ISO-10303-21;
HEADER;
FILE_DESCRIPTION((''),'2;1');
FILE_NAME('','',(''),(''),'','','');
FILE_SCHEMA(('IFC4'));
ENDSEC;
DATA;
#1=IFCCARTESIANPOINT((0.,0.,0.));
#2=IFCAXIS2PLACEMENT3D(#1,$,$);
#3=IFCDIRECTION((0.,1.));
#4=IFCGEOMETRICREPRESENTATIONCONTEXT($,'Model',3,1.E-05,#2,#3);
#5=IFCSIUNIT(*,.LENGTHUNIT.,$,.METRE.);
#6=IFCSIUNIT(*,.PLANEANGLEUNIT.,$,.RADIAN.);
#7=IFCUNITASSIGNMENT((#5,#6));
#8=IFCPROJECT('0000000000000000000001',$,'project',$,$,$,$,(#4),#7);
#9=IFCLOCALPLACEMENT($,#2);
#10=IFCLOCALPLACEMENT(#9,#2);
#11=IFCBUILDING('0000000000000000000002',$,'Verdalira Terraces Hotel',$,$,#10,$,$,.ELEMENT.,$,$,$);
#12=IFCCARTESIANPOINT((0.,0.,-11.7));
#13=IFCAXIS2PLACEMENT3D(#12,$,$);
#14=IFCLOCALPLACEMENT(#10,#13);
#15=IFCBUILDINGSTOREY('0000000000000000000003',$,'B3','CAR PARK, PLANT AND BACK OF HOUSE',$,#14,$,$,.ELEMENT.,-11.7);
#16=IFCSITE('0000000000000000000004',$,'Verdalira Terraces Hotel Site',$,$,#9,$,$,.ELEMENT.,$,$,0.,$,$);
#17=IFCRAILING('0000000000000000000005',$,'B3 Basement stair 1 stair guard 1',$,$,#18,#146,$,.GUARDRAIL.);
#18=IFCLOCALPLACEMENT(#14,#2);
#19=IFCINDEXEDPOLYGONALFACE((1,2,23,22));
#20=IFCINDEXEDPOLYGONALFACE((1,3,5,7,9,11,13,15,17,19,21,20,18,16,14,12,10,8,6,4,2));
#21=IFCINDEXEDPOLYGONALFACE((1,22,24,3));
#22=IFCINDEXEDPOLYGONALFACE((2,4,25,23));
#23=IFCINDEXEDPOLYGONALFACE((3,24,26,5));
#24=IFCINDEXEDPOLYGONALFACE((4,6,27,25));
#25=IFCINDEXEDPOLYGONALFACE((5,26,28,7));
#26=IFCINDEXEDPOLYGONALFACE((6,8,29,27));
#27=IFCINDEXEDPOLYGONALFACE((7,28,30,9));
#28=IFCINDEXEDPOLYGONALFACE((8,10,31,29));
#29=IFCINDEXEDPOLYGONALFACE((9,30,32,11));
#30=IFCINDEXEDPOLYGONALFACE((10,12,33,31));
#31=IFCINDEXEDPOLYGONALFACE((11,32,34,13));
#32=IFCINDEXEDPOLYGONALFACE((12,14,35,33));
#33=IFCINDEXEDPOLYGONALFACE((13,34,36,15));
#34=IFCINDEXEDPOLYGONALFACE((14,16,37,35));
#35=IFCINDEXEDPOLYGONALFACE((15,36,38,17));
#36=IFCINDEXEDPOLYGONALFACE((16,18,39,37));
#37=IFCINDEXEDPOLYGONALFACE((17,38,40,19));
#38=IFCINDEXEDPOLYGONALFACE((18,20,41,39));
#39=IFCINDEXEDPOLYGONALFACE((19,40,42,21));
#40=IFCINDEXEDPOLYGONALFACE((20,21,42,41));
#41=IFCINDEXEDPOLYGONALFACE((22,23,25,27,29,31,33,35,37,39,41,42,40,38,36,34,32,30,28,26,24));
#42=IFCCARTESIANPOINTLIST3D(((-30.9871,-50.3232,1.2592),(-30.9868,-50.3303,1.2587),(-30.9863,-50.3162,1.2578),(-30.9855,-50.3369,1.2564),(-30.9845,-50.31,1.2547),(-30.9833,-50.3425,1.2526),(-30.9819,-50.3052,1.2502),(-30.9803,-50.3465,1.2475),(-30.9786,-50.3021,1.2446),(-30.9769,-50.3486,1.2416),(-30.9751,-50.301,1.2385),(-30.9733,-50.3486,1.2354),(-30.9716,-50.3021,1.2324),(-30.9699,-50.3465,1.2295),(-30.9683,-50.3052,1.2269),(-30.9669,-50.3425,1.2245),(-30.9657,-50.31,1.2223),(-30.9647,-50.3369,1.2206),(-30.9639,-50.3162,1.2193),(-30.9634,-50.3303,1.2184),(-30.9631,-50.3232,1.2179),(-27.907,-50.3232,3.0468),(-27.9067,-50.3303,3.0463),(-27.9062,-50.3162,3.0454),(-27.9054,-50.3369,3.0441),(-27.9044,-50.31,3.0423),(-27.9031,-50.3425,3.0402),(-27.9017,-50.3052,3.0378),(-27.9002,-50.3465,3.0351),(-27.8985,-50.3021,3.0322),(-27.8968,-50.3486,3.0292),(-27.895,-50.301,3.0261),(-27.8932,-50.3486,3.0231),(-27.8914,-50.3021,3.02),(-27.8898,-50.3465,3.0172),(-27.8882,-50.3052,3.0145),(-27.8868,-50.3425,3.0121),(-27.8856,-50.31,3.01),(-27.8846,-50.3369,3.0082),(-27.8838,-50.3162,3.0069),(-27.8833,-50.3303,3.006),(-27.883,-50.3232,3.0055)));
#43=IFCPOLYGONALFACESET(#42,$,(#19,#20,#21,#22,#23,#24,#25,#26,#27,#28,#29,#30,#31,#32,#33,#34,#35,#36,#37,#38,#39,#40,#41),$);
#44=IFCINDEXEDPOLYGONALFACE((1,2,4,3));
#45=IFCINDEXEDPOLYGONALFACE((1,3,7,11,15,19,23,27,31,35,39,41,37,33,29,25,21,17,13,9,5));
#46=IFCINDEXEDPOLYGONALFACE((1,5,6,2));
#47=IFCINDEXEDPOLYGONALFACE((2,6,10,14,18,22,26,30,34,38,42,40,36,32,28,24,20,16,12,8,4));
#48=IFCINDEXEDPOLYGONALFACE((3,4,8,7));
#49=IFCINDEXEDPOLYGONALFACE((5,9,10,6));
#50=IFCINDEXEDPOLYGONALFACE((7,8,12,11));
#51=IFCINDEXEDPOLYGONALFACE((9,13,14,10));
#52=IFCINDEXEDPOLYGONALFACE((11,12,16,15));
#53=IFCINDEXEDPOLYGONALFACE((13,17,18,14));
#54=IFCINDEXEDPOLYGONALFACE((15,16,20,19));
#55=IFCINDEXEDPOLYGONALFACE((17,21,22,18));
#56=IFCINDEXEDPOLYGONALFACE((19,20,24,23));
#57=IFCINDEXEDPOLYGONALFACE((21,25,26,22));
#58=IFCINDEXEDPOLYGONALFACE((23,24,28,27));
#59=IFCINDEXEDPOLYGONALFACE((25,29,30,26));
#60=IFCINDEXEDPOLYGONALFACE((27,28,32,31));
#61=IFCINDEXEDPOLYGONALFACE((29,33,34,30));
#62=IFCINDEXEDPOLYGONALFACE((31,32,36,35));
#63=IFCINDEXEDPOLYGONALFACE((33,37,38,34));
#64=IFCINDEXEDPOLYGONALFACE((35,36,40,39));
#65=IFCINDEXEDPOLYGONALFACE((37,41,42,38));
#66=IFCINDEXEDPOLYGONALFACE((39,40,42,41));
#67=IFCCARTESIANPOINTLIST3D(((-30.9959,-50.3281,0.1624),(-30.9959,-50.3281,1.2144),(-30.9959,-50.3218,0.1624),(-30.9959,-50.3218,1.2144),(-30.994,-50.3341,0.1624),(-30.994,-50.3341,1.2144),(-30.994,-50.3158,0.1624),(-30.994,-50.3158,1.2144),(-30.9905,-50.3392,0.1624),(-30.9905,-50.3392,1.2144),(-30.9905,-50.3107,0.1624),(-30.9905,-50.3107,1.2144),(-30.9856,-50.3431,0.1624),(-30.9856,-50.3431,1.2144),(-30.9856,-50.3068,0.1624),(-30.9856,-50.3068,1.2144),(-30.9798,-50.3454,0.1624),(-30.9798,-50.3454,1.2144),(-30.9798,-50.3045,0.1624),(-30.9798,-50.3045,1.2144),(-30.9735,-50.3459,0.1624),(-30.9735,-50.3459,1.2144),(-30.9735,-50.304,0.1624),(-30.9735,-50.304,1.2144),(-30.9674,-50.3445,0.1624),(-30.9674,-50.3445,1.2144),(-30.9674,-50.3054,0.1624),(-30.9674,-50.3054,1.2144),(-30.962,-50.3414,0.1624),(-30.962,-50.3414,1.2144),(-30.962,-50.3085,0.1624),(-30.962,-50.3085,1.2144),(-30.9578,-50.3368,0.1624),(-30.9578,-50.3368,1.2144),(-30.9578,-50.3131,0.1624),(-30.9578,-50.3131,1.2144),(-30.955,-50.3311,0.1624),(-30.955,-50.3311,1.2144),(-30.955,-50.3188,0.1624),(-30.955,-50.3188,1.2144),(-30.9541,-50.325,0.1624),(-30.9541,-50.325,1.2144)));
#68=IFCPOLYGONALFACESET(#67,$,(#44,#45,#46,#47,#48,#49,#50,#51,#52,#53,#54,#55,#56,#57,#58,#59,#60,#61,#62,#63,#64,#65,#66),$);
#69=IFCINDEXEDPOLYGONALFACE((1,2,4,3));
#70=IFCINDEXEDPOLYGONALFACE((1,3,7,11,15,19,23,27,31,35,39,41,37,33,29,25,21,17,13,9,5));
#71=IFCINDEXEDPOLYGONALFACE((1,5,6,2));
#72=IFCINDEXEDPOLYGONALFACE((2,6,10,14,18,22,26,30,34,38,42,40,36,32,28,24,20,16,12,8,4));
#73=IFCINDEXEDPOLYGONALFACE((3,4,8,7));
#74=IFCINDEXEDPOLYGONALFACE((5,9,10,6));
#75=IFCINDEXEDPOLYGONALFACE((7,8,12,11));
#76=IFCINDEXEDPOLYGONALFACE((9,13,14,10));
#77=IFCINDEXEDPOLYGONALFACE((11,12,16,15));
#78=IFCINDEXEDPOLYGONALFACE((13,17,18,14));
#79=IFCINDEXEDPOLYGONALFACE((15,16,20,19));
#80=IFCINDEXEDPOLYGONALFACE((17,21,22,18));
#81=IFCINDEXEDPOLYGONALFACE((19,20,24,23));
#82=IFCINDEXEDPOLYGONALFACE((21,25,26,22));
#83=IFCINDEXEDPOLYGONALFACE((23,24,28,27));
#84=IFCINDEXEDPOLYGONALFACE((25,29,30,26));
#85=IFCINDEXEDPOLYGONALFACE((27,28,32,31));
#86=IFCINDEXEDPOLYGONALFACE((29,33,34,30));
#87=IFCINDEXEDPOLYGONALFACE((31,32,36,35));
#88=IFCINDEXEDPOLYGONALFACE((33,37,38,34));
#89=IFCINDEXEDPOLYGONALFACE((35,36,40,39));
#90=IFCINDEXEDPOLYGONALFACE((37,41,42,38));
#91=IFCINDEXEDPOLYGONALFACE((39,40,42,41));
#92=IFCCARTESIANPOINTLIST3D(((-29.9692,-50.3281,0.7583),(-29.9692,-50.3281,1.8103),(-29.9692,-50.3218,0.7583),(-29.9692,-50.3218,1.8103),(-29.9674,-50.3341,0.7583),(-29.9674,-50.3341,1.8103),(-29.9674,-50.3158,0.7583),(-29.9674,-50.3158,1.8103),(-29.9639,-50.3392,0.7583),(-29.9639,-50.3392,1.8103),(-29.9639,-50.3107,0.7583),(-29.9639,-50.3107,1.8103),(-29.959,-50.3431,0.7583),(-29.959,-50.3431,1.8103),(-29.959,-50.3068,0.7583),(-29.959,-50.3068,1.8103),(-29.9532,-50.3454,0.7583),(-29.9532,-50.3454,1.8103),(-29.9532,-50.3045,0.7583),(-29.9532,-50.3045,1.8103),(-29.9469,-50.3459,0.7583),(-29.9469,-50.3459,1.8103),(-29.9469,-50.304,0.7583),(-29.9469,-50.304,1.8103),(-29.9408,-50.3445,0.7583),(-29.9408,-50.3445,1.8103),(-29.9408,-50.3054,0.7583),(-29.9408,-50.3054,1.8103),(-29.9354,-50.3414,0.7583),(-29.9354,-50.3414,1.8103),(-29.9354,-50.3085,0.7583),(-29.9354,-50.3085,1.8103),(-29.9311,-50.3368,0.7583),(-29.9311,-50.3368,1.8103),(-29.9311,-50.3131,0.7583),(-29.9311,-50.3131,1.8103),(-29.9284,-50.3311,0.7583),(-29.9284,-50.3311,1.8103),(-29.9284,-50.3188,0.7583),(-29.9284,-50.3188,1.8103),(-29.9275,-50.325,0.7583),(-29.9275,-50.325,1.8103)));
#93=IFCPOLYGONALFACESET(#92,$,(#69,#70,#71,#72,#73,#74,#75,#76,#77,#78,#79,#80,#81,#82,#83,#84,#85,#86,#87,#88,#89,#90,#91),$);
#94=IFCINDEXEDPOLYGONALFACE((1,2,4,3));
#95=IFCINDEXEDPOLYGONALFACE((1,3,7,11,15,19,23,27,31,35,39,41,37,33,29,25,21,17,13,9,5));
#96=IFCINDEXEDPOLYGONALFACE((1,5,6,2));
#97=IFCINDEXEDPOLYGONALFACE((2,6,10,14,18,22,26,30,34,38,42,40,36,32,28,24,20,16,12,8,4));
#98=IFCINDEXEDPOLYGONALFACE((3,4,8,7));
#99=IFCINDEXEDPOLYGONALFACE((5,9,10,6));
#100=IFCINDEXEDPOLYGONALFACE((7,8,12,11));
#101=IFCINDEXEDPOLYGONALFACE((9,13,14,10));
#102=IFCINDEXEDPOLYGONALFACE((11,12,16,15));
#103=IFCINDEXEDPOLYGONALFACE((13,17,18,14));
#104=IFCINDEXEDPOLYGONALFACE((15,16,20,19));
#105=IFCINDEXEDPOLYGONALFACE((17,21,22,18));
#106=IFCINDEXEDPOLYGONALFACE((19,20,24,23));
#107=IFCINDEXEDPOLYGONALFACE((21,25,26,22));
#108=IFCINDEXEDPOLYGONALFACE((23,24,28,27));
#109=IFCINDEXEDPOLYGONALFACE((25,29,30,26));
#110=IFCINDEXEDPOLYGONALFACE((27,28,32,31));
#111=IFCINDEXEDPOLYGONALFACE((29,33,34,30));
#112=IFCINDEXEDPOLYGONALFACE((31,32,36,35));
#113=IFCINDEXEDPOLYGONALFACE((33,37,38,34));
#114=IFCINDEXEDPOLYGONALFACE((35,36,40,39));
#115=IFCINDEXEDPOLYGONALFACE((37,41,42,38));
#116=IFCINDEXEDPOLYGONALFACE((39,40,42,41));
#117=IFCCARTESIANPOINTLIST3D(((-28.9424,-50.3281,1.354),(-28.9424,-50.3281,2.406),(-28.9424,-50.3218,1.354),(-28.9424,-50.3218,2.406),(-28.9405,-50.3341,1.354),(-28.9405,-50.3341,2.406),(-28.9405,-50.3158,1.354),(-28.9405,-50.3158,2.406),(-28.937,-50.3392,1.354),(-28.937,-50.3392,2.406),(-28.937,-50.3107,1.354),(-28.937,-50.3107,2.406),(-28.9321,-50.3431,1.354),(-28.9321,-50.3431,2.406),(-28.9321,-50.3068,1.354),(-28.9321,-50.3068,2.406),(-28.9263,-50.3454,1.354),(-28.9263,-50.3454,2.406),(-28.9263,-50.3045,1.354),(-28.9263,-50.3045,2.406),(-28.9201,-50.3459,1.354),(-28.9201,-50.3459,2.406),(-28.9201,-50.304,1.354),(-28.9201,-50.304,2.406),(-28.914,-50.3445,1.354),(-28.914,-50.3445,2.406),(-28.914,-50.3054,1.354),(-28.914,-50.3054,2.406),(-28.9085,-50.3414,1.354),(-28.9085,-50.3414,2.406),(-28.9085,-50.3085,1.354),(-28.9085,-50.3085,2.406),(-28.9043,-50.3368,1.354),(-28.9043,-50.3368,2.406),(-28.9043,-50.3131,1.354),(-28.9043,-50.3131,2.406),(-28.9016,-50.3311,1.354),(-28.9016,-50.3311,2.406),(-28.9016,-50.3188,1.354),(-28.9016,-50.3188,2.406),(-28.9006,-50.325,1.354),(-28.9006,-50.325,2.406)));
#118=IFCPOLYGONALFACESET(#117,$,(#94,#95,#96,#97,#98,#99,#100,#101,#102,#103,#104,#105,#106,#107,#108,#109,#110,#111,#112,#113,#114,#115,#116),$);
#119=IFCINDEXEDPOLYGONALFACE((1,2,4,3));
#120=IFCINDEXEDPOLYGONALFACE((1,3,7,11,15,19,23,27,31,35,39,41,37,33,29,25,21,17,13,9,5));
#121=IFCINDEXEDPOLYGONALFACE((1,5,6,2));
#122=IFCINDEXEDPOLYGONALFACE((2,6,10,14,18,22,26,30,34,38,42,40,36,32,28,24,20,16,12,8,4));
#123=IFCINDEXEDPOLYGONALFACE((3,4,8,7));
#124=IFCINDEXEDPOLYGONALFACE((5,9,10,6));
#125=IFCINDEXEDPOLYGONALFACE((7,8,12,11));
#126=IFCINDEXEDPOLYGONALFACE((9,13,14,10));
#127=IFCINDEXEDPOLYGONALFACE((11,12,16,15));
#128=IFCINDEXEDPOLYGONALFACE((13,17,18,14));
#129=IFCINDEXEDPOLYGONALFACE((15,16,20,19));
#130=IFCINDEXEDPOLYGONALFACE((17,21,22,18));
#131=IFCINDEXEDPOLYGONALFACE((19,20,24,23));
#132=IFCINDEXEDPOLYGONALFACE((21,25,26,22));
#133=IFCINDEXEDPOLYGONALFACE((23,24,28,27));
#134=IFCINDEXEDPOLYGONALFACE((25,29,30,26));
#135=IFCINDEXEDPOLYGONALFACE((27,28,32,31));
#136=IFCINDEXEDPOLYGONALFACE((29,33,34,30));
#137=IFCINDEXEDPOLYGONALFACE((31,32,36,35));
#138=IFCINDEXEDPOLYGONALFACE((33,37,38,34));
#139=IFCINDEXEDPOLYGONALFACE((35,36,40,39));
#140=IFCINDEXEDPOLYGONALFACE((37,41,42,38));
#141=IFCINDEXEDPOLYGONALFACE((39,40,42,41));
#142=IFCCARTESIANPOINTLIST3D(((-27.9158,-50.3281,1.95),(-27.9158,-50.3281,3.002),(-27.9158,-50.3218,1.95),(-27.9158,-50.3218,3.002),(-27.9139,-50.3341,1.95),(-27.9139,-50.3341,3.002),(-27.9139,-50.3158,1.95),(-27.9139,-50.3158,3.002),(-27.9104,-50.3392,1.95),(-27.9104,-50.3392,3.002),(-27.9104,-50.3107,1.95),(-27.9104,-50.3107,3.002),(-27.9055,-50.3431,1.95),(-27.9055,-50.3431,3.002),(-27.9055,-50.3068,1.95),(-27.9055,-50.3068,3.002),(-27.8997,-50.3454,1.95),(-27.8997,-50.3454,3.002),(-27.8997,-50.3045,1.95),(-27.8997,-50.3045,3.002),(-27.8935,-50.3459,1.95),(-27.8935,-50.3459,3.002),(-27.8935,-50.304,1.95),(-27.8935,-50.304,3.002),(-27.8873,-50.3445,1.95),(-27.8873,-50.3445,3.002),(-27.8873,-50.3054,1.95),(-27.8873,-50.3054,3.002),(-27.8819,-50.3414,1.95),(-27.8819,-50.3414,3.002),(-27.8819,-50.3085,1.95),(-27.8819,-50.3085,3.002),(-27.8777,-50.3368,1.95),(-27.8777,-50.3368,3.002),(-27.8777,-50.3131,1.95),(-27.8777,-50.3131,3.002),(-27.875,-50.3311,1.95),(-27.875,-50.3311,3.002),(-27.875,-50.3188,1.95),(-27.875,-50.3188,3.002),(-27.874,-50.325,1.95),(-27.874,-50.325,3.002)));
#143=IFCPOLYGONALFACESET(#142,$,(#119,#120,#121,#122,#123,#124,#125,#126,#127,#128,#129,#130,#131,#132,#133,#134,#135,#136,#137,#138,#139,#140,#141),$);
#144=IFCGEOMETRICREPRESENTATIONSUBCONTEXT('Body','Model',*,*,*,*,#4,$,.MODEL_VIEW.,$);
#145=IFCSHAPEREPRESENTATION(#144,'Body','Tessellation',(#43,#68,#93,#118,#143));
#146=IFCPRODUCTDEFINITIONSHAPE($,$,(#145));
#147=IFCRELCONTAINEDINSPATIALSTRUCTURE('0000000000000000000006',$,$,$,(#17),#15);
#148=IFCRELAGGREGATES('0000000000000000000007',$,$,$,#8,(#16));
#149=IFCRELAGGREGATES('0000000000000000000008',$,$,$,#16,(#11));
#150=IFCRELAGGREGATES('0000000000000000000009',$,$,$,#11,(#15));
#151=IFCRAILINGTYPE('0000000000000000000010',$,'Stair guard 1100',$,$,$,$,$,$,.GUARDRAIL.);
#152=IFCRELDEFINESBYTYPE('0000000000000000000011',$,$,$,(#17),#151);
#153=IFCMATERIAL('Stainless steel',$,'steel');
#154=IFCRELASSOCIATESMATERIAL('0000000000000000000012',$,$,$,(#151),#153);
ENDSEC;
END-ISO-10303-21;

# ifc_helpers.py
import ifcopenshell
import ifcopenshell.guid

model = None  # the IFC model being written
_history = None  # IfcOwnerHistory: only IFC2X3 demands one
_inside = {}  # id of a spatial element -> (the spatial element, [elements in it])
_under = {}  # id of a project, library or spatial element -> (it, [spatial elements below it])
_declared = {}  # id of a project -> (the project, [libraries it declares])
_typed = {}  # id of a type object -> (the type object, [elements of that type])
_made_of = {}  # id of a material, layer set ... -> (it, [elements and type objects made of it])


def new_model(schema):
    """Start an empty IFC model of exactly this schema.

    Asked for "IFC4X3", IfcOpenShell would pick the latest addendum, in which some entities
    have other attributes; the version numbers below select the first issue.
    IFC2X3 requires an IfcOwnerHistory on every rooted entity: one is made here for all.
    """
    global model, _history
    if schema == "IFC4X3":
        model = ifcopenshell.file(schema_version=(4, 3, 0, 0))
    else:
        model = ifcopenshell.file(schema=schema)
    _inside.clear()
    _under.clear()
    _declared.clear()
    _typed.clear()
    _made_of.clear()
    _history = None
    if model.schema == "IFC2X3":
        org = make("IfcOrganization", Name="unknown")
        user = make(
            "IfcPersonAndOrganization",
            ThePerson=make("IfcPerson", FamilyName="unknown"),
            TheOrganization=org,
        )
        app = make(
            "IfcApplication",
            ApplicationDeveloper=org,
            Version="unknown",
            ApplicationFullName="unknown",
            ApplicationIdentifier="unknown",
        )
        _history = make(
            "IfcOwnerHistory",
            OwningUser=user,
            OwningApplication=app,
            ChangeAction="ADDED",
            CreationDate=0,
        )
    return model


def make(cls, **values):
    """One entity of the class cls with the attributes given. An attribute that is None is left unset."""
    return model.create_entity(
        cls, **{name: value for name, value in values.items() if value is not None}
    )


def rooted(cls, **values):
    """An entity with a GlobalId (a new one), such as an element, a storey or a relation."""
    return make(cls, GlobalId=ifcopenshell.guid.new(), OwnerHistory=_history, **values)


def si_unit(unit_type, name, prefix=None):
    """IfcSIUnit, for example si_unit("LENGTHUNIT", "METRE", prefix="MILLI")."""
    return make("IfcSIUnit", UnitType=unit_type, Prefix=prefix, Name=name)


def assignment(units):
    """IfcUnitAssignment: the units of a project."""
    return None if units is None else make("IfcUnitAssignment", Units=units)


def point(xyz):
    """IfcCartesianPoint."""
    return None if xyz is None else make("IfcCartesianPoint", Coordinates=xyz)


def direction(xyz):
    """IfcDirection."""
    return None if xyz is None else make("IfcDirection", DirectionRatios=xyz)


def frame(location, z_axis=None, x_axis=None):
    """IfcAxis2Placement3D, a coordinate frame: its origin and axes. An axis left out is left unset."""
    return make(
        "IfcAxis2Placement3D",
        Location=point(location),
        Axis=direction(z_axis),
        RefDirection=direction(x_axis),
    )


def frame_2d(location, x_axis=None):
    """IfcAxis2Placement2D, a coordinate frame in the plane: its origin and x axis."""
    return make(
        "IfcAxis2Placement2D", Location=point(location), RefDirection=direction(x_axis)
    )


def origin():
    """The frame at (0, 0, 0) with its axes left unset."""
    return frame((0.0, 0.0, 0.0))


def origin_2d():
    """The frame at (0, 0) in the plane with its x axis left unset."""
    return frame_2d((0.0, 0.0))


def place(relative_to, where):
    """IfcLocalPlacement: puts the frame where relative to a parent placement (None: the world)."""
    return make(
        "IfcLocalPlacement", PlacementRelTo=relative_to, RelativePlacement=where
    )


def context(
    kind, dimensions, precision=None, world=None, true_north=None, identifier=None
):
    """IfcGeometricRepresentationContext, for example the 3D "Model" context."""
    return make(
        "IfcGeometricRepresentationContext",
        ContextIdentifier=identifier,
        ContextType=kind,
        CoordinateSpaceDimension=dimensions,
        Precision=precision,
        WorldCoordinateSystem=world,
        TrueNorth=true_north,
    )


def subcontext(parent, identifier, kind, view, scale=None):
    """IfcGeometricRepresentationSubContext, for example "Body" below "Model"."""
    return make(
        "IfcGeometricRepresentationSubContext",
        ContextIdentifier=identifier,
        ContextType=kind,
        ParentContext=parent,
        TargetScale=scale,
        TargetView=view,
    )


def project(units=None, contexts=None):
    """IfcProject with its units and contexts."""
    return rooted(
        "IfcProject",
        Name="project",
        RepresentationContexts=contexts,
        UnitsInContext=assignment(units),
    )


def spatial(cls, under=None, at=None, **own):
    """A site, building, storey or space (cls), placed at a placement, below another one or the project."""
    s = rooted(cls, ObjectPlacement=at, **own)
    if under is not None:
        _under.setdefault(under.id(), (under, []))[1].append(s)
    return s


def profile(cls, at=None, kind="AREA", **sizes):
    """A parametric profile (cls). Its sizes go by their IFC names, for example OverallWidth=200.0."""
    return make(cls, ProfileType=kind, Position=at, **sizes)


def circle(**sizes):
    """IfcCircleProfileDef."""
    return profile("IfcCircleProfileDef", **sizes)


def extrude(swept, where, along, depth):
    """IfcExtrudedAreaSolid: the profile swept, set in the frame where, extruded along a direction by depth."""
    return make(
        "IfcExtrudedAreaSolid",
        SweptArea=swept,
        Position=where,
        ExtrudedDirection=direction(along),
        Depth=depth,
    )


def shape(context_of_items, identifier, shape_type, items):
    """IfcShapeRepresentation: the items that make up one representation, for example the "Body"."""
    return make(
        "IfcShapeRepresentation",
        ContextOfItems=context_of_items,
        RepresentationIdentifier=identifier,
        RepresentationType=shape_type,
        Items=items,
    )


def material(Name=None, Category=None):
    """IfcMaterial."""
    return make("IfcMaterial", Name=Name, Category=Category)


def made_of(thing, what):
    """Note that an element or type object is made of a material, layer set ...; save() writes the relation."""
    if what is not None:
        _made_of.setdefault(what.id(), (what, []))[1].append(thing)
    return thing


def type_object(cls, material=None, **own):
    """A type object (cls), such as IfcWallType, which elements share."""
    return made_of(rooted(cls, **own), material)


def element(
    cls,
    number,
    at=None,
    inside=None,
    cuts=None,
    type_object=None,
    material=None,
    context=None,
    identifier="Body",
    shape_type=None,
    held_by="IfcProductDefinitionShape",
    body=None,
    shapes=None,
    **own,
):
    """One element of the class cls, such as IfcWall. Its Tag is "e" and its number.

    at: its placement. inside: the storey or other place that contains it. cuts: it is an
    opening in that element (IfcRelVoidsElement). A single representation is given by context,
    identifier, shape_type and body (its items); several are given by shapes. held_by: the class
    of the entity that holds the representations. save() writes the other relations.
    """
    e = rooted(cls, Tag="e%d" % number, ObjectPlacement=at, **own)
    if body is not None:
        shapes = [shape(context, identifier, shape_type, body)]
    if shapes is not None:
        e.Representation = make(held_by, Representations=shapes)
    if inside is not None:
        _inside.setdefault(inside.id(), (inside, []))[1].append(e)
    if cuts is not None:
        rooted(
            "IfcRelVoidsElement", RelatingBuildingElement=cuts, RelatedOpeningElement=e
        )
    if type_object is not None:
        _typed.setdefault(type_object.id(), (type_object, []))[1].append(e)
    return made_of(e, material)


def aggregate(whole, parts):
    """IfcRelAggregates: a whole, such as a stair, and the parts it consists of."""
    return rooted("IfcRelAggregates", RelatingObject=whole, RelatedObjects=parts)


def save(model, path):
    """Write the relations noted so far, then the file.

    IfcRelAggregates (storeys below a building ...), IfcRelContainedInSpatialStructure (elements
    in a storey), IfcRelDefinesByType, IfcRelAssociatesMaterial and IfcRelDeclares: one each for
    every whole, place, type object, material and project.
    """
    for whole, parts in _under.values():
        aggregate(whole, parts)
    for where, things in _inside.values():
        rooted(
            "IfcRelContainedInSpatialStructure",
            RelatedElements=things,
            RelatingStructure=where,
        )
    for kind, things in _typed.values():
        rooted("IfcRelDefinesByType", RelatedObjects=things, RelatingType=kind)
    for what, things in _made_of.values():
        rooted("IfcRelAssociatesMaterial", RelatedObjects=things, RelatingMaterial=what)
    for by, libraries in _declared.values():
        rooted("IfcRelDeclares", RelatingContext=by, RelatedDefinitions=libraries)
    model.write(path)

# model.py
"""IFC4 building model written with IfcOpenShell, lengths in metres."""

from ifc_helpers import new_model, si_unit, direction, frame, origin, origin_2d, place, context, subcontext, project, spatial, circle, extrude, material, type_object, element, save


model = new_model("IFC4")

# Units and contexts
model_context = context("Model", 3, precision=1e-05, world=origin(), true_north=direction((0.0, 1.0)))
body_context = subcontext(model_context, "Body", "Model", "MODEL_VIEW")
ifc_project = project(units=[si_unit("LENGTHUNIT", "METRE"), si_unit("PLANEANGLEUNIT", "RADIAN")], contexts=[model_context])

# Site, building, storey
site_placement = place(None, origin())
site = spatial("IfcSite", under=ifc_project, at=site_placement, Name="Verdalira Terraces Hotel Site", CompositionType="ELEMENT", RefElevation=0.0)
building_placement = place(site_placement, origin())
building = spatial("IfcBuilding", under=site, at=building_placement, Name="Verdalira Terraces Hotel", CompositionType="ELEMENT")
storey_placement = place(building_placement, frame((0.0, 0.0, -11.7)))
storey = spatial("IfcBuildingStorey", under=building, at=storey_placement, Name="B3", Description="CAR PARK, PLANT AND BACK OF HOUSE", CompositionType="ELEMENT", Elevation=-11.7)

# Railing
ifc_material_1 = material(Name="Stainless steel", Category="steel")
railing_type_1 = type_object("IfcRailingType", Name="Stair guard 1100", PredefinedType="GUARDRAIL", material=ifc_material_1)
railing_1_placement = place(storey_placement, frame((-30.9751, -50.325, 0.1624)))
element("IfcRailing", 1, at=railing_1_placement, inside=storey, type_object=railing_type_1, Name="B3 Basement stair 1 stair guard 1", PredefinedType="GUARDRAIL", context=body_context, shape_type="SweptSolid", body=[
    extrude(circle(Radius=0.0239, at=origin_2d()), frame((0.0, 0.0, 1.0762), z_axis=(0.864891, 0.0, 0.50196), x_axis=(0.0, 1.0, 0.0)), (0.0, 0.0, 1.0), 3.5613),
    extrude(circle(Radius=0.021, at=origin_2d()), origin(), (0.0, 0.0, 1.0), 1.052),
    extrude(circle(Radius=0.021, at=origin_2d()), frame((1.0266, 0.0, 0.5959)), (0.0, 0.0, 1.0), 1.052),
    extrude(circle(Radius=0.021, at=origin_2d()), frame((2.0535, 0.0, 1.1917)), (0.0, 0.0, 1.0), 1.052),
    extrude(circle(Radius=0.021, at=origin_2d()), frame((3.0801, 0.0, 1.7876)), (0.0, 0.0, 1.0), 1.052),
])

save(model, "model.ifc")
